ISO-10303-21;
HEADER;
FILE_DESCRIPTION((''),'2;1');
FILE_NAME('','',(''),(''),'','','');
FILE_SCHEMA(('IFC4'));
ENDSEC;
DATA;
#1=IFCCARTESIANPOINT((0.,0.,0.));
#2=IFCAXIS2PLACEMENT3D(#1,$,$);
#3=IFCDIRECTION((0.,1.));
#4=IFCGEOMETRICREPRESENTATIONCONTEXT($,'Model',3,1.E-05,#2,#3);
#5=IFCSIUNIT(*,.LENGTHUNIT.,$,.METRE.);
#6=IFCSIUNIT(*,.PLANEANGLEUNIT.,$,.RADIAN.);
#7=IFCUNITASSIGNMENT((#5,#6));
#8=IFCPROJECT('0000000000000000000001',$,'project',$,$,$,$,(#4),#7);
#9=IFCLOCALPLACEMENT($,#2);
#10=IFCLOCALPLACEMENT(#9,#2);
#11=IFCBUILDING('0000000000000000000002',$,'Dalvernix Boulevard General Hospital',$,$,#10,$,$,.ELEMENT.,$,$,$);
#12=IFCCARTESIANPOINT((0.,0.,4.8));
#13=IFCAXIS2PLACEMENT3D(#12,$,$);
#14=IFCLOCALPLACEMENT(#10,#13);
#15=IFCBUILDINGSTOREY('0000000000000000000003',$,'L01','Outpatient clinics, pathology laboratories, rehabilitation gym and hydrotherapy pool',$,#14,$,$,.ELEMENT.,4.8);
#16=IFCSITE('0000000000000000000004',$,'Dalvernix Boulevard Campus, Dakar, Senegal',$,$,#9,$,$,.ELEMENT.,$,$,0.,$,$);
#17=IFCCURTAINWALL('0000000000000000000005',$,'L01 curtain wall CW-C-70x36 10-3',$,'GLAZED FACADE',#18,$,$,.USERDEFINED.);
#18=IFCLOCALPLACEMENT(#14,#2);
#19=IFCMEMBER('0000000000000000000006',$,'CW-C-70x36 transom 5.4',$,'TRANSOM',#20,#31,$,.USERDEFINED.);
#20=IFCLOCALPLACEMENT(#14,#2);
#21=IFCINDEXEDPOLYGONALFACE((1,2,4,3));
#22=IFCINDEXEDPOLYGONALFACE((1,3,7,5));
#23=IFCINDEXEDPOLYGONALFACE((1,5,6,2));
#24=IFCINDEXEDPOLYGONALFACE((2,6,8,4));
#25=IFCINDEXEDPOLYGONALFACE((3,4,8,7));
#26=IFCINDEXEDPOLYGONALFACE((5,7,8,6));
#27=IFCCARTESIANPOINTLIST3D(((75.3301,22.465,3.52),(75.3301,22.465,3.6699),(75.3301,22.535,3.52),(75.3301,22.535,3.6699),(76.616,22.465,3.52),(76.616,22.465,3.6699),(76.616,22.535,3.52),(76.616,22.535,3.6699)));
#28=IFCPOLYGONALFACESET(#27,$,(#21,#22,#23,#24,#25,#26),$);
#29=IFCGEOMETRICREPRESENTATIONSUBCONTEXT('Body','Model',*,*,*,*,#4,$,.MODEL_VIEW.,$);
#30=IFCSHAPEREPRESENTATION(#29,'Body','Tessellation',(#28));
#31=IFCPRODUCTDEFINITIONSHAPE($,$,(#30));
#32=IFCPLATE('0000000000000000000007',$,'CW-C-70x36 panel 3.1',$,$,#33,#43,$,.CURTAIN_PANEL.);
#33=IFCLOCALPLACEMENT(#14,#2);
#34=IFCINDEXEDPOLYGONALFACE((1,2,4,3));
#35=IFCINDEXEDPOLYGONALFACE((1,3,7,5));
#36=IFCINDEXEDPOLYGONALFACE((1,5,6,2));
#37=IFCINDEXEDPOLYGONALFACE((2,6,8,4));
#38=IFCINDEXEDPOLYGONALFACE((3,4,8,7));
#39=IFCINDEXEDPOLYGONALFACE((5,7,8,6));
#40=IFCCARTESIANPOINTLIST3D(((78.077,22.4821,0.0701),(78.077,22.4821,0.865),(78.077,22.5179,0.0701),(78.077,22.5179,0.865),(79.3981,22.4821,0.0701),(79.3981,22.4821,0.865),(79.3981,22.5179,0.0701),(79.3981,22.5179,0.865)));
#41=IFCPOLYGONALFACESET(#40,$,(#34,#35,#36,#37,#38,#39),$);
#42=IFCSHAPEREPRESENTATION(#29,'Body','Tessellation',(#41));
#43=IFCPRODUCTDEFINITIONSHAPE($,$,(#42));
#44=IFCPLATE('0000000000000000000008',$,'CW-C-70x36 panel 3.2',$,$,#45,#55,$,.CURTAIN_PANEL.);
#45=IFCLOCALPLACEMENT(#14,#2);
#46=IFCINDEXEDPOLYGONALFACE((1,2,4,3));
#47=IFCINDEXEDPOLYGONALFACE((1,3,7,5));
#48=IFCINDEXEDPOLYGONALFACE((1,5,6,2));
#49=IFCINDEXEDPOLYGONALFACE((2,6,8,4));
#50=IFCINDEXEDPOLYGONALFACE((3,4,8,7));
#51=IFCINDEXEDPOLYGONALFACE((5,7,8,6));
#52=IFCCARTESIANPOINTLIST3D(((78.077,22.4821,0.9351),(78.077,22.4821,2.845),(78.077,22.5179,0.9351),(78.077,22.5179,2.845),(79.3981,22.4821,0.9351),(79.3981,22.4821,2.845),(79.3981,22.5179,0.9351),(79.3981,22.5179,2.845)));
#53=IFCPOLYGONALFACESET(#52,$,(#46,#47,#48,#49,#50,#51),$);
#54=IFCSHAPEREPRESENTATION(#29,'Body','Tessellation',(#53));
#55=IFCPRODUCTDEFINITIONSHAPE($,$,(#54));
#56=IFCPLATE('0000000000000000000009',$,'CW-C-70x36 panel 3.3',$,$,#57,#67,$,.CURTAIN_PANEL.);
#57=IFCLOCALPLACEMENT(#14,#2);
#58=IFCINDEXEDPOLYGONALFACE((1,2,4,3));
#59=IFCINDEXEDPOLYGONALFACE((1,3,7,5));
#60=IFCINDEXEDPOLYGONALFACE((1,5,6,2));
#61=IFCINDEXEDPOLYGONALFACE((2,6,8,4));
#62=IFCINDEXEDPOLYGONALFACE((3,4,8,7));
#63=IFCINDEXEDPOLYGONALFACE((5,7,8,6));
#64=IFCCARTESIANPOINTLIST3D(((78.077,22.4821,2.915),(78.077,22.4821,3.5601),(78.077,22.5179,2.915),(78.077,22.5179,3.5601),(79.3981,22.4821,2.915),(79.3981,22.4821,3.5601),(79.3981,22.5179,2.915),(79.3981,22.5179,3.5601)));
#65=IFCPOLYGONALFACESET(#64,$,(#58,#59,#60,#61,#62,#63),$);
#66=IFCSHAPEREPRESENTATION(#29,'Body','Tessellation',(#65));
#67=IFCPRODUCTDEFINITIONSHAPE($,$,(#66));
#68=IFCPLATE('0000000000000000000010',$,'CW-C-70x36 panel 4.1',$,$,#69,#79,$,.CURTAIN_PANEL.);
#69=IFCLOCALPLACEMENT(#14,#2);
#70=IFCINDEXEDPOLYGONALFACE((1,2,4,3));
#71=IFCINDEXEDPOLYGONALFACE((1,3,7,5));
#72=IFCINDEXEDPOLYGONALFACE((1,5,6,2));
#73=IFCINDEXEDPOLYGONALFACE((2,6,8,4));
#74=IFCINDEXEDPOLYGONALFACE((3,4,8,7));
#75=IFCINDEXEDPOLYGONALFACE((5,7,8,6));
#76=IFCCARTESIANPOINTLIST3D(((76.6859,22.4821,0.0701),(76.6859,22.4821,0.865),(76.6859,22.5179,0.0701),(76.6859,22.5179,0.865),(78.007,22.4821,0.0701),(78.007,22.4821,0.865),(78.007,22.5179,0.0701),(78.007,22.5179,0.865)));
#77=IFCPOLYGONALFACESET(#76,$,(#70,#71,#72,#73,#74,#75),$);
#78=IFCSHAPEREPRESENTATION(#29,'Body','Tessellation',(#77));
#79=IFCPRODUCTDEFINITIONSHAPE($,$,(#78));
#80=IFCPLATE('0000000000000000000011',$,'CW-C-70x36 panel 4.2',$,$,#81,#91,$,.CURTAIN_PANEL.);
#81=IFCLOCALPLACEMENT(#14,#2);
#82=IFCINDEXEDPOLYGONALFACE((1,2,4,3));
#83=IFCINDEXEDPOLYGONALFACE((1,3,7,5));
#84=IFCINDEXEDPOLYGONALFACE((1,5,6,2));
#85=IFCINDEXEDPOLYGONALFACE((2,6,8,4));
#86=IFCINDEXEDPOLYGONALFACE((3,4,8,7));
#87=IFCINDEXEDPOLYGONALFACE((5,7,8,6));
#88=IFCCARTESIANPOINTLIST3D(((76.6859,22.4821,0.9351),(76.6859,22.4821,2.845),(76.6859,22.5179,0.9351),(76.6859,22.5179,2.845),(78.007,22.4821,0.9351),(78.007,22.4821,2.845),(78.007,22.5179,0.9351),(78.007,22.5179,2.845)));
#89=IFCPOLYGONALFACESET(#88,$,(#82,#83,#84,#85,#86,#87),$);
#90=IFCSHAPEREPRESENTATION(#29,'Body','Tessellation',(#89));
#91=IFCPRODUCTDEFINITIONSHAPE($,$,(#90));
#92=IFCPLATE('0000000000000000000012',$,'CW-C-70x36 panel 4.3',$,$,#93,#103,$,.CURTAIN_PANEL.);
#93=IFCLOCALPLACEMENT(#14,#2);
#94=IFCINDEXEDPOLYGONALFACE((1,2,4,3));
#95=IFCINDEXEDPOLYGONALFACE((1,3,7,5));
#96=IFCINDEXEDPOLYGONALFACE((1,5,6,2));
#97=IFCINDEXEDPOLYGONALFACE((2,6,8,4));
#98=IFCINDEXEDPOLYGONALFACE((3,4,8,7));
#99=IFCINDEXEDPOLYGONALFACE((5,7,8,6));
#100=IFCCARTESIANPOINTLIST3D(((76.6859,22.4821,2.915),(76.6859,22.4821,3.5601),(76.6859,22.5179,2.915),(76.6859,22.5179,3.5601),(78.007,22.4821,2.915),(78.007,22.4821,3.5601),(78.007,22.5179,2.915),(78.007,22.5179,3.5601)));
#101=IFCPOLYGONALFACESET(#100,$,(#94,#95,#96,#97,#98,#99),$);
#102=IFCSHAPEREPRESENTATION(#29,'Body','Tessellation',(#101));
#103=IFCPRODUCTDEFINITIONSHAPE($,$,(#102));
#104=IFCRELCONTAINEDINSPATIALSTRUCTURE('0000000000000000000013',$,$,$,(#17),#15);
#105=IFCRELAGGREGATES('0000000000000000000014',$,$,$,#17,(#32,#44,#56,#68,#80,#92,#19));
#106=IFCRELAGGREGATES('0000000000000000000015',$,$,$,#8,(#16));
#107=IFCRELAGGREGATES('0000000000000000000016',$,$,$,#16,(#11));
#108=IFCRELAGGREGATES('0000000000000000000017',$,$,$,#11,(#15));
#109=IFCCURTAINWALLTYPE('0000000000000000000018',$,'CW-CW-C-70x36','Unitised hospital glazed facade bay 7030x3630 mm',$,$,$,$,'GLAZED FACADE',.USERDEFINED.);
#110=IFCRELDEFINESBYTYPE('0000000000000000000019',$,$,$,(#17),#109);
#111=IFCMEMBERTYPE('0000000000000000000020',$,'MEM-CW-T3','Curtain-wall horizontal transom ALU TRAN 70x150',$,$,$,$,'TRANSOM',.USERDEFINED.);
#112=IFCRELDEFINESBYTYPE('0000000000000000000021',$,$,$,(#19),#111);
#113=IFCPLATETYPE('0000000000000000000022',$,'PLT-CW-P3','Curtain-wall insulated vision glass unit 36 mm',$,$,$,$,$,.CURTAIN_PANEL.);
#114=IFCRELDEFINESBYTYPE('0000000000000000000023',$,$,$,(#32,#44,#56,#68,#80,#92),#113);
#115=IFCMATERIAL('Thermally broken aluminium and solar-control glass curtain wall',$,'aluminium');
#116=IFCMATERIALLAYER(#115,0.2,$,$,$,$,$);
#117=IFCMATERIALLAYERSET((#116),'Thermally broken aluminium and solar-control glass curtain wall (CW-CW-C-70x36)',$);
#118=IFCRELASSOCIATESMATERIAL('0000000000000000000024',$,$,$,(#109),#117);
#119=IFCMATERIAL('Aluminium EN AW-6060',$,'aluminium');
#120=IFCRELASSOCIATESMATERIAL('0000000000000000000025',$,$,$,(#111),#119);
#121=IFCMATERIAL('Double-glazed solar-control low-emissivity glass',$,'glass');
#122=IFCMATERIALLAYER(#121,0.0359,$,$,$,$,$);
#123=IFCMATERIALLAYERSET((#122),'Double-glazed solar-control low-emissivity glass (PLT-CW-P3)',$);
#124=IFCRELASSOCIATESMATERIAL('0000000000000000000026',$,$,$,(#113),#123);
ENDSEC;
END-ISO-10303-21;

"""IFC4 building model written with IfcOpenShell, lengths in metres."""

from ifc_helpers import new_model, si_unit, direction, frame, origin, origin_2d, place, context, subcontext, project, spatial, rectangle, extrude, material, layer, layer_set, material_profile, profile_set, type_object, element, aggregate, save


model = new_model("IFC4")

# Units and contexts
model_context = context("Model", 3, precision=1e-05, world=origin(), true_north=direction((0.0, 1.0)))
body_context = subcontext(model_context, "Body", "Model", "MODEL_VIEW")
ifc_project = project(units=[si_unit("LENGTHUNIT", "METRE"), si_unit("PLANEANGLEUNIT", "RADIAN")], contexts=[model_context])

# Site, building, storey
site_placement = place(None, origin())
site = spatial("IfcSite", under=ifc_project, at=site_placement, Name="Dalvernix Boulevard Campus, Dakar, Senegal", CompositionType="ELEMENT", RefElevation=0.0)
building_placement = place(site_placement, origin())
building = spatial("IfcBuilding", under=site, at=building_placement, Name="Dalvernix Boulevard General Hospital", CompositionType="ELEMENT")
storey_placement = place(building_placement, frame((0.0, 0.0, 4.8)))
storey = spatial("IfcBuildingStorey", under=building, at=storey_placement, Name="L01", Description="Outpatient clinics, pathology laboratories, rehabilitation gym and hydrotherapy pool", CompositionType="ELEMENT", Elevation=4.8)

# Curtain wall, member, plates
ifc_material_1 = material(Name="Thermally broken aluminium and solar-control glass curtain wall", Category="aluminium")
ifc_layer_1 = layer(ifc_material_1, 0.2)
ifc_layer_set_1 = layer_set([ifc_layer_1], Name="Thermally broken aluminium and solar-control glass curtain wall (CW-CW-C-70x36)")
curtain_wall_type = type_object("IfcCurtainWallType", Name="CW-CW-C-70x36", Description="Unitised hospital glazed facade bay 7030x3630 mm", ElementType="GLAZED FACADE", PredefinedType="USERDEFINED", material=ifc_layer_set_1)
curtain_wall_placement = place(storey_placement, origin())
curtain_wall = element("IfcCurtainWall", 1, at=curtain_wall_placement, inside=storey, type_object=curtain_wall_type, Name="L01 curtain wall CW-C-70x36 10-3", ObjectType="GLAZED FACADE", PredefinedType="USERDEFINED")
ifc_material_2 = material(Name="Aluminium EN AW-6060", Category="aluminium")
ifc_material_profile_1 = material_profile(ifc_material_2, rectangle(XDim=0.0701, YDim=0.1499, at=origin_2d()), Name="ALU TRAN 70x150")
ifc_profile_set_1 = profile_set([ifc_material_profile_1], Name="Aluminium EN AW-6060")
member_type_1 = type_object("IfcMemberType", Name="MEM-CW-T3", Description="Curtain-wall horizontal transom ALU TRAN 70x150", ElementType="TRANSOM", PredefinedType="USERDEFINED", material=ifc_profile_set_1)
member_1_placement = place(storey_placement, frame((76.616, 22.5, 3.595), z_axis=(-1.0, 0.0, 0.0), x_axis=(0.0, -1.0, 0.0)))
member_1 = element("IfcMember", 2, at=member_1_placement, type_object=member_type_1, Name="CW-C-70x36 transom 5.4", ObjectType="TRANSOM", PredefinedType="USERDEFINED", context=body_context, shape_type="SweptSolid", body=[
    extrude(rectangle(XDim=0.0701, YDim=0.1499, at=origin_2d()), origin(), (0.0, 0.0, 1.0), 1.2859),
])
ifc_material_3 = material(Name="Double-glazed solar-control low-emissivity glass", Category="glass")
ifc_layer_2 = layer(ifc_material_3, 0.0359)
ifc_layer_set_2 = layer_set([ifc_layer_2], Name="Double-glazed solar-control low-emissivity glass (PLT-CW-P3)")
plate_type = type_object("IfcPlateType", Name="PLT-CW-P3", Description="Curtain-wall insulated vision glass unit 36 mm", PredefinedType="CURTAIN_PANEL", material=ifc_layer_set_2)
plate_1_placement = place(storey_placement, frame((78.7375, 22.5, 0.0701), z_axis=(0.0, 0.0, 1.0), x_axis=(-1.0, 0.0, 0.0)))
plate_1 = element("IfcPlate", 3, at=plate_1_placement, type_object=plate_type, Name="CW-C-70x36 panel 3.1", PredefinedType="CURTAIN_PANEL", context=body_context, shape_type="SweptSolid", body=[
    extrude(rectangle(XDim=1.321, YDim=0.0359, at=origin_2d()), origin(), (0.0, 0.0, 1.0), 0.7949),
])
plate_2_placement = place(storey_placement, frame((78.7375, 22.5, 0.9351), z_axis=(0.0, 0.0, 1.0), x_axis=(-1.0, 0.0, 0.0)))
plate_2 = element("IfcPlate", 4, at=plate_2_placement, type_object=plate_type, Name="CW-C-70x36 panel 3.2", PredefinedType="CURTAIN_PANEL", context=body_context, shape_type="SweptSolid", body=[
    extrude(rectangle(XDim=1.321, YDim=0.0359, at=origin_2d()), origin(), (0.0, 0.0, 1.0), 1.9099),
])
plate_3_placement = place(storey_placement, frame((78.7375, 22.5, 2.915), z_axis=(0.0, 0.0, 1.0), x_axis=(-1.0, 0.0, 0.0)))
plate_3 = element("IfcPlate", 5, at=plate_3_placement, type_object=plate_type, Name="CW-C-70x36 panel 3.3", PredefinedType="CURTAIN_PANEL", context=body_context, shape_type="SweptSolid", body=[
    extrude(rectangle(XDim=1.321, YDim=0.0359, at=origin_2d()), origin(), (0.0, 0.0, 1.0), 0.645),
])
plate_4_placement = place(storey_placement, frame((77.3464, 22.5, 0.0701), z_axis=(0.0, 0.0, 1.0), x_axis=(-1.0, 0.0, 0.0)))
plate_4 = element("IfcPlate", 6, at=plate_4_placement, type_object=plate_type, Name="CW-C-70x36 panel 4.1", PredefinedType="CURTAIN_PANEL", context=body_context, shape_type="SweptSolid", body=[
    extrude(rectangle(XDim=1.321, YDim=0.0359, at=origin_2d()), origin(), (0.0, 0.0, 1.0), 0.7949),
])
plate_5_placement = place(storey_placement, frame((77.3464, 22.5, 0.9351), z_axis=(0.0, 0.0, 1.0), x_axis=(-1.0, 0.0, 0.0)))
plate_5 = element("IfcPlate", 7, at=plate_5_placement, type_object=plate_type, Name="CW-C-70x36 panel 4.2", PredefinedType="CURTAIN_PANEL", context=body_context, shape_type="SweptSolid", body=[
    extrude(rectangle(XDim=1.321, YDim=0.0359, at=origin_2d()), origin(), (0.0, 0.0, 1.0), 1.9099),
])
plate_6_placement = place(storey_placement, frame((77.3464, 22.5, 2.915), z_axis=(0.0, 0.0, 1.0), x_axis=(-1.0, 0.0, 0.0)))
plate_6 = element("IfcPlate", 8, at=plate_6_placement, type_object=plate_type, Name="CW-C-70x36 panel 4.3", PredefinedType="CURTAIN_PANEL", context=body_context, shape_type="SweptSolid", body=[
    extrude(rectangle(XDim=1.321, YDim=0.0359, at=origin_2d()), origin(), (0.0, 0.0, 1.0), 0.645),
])
aggregate(curtain_wall, [plate_1, plate_2, plate_3, plate_4, plate_5, plate_6, member_1])

save(model, "model.ifc")
